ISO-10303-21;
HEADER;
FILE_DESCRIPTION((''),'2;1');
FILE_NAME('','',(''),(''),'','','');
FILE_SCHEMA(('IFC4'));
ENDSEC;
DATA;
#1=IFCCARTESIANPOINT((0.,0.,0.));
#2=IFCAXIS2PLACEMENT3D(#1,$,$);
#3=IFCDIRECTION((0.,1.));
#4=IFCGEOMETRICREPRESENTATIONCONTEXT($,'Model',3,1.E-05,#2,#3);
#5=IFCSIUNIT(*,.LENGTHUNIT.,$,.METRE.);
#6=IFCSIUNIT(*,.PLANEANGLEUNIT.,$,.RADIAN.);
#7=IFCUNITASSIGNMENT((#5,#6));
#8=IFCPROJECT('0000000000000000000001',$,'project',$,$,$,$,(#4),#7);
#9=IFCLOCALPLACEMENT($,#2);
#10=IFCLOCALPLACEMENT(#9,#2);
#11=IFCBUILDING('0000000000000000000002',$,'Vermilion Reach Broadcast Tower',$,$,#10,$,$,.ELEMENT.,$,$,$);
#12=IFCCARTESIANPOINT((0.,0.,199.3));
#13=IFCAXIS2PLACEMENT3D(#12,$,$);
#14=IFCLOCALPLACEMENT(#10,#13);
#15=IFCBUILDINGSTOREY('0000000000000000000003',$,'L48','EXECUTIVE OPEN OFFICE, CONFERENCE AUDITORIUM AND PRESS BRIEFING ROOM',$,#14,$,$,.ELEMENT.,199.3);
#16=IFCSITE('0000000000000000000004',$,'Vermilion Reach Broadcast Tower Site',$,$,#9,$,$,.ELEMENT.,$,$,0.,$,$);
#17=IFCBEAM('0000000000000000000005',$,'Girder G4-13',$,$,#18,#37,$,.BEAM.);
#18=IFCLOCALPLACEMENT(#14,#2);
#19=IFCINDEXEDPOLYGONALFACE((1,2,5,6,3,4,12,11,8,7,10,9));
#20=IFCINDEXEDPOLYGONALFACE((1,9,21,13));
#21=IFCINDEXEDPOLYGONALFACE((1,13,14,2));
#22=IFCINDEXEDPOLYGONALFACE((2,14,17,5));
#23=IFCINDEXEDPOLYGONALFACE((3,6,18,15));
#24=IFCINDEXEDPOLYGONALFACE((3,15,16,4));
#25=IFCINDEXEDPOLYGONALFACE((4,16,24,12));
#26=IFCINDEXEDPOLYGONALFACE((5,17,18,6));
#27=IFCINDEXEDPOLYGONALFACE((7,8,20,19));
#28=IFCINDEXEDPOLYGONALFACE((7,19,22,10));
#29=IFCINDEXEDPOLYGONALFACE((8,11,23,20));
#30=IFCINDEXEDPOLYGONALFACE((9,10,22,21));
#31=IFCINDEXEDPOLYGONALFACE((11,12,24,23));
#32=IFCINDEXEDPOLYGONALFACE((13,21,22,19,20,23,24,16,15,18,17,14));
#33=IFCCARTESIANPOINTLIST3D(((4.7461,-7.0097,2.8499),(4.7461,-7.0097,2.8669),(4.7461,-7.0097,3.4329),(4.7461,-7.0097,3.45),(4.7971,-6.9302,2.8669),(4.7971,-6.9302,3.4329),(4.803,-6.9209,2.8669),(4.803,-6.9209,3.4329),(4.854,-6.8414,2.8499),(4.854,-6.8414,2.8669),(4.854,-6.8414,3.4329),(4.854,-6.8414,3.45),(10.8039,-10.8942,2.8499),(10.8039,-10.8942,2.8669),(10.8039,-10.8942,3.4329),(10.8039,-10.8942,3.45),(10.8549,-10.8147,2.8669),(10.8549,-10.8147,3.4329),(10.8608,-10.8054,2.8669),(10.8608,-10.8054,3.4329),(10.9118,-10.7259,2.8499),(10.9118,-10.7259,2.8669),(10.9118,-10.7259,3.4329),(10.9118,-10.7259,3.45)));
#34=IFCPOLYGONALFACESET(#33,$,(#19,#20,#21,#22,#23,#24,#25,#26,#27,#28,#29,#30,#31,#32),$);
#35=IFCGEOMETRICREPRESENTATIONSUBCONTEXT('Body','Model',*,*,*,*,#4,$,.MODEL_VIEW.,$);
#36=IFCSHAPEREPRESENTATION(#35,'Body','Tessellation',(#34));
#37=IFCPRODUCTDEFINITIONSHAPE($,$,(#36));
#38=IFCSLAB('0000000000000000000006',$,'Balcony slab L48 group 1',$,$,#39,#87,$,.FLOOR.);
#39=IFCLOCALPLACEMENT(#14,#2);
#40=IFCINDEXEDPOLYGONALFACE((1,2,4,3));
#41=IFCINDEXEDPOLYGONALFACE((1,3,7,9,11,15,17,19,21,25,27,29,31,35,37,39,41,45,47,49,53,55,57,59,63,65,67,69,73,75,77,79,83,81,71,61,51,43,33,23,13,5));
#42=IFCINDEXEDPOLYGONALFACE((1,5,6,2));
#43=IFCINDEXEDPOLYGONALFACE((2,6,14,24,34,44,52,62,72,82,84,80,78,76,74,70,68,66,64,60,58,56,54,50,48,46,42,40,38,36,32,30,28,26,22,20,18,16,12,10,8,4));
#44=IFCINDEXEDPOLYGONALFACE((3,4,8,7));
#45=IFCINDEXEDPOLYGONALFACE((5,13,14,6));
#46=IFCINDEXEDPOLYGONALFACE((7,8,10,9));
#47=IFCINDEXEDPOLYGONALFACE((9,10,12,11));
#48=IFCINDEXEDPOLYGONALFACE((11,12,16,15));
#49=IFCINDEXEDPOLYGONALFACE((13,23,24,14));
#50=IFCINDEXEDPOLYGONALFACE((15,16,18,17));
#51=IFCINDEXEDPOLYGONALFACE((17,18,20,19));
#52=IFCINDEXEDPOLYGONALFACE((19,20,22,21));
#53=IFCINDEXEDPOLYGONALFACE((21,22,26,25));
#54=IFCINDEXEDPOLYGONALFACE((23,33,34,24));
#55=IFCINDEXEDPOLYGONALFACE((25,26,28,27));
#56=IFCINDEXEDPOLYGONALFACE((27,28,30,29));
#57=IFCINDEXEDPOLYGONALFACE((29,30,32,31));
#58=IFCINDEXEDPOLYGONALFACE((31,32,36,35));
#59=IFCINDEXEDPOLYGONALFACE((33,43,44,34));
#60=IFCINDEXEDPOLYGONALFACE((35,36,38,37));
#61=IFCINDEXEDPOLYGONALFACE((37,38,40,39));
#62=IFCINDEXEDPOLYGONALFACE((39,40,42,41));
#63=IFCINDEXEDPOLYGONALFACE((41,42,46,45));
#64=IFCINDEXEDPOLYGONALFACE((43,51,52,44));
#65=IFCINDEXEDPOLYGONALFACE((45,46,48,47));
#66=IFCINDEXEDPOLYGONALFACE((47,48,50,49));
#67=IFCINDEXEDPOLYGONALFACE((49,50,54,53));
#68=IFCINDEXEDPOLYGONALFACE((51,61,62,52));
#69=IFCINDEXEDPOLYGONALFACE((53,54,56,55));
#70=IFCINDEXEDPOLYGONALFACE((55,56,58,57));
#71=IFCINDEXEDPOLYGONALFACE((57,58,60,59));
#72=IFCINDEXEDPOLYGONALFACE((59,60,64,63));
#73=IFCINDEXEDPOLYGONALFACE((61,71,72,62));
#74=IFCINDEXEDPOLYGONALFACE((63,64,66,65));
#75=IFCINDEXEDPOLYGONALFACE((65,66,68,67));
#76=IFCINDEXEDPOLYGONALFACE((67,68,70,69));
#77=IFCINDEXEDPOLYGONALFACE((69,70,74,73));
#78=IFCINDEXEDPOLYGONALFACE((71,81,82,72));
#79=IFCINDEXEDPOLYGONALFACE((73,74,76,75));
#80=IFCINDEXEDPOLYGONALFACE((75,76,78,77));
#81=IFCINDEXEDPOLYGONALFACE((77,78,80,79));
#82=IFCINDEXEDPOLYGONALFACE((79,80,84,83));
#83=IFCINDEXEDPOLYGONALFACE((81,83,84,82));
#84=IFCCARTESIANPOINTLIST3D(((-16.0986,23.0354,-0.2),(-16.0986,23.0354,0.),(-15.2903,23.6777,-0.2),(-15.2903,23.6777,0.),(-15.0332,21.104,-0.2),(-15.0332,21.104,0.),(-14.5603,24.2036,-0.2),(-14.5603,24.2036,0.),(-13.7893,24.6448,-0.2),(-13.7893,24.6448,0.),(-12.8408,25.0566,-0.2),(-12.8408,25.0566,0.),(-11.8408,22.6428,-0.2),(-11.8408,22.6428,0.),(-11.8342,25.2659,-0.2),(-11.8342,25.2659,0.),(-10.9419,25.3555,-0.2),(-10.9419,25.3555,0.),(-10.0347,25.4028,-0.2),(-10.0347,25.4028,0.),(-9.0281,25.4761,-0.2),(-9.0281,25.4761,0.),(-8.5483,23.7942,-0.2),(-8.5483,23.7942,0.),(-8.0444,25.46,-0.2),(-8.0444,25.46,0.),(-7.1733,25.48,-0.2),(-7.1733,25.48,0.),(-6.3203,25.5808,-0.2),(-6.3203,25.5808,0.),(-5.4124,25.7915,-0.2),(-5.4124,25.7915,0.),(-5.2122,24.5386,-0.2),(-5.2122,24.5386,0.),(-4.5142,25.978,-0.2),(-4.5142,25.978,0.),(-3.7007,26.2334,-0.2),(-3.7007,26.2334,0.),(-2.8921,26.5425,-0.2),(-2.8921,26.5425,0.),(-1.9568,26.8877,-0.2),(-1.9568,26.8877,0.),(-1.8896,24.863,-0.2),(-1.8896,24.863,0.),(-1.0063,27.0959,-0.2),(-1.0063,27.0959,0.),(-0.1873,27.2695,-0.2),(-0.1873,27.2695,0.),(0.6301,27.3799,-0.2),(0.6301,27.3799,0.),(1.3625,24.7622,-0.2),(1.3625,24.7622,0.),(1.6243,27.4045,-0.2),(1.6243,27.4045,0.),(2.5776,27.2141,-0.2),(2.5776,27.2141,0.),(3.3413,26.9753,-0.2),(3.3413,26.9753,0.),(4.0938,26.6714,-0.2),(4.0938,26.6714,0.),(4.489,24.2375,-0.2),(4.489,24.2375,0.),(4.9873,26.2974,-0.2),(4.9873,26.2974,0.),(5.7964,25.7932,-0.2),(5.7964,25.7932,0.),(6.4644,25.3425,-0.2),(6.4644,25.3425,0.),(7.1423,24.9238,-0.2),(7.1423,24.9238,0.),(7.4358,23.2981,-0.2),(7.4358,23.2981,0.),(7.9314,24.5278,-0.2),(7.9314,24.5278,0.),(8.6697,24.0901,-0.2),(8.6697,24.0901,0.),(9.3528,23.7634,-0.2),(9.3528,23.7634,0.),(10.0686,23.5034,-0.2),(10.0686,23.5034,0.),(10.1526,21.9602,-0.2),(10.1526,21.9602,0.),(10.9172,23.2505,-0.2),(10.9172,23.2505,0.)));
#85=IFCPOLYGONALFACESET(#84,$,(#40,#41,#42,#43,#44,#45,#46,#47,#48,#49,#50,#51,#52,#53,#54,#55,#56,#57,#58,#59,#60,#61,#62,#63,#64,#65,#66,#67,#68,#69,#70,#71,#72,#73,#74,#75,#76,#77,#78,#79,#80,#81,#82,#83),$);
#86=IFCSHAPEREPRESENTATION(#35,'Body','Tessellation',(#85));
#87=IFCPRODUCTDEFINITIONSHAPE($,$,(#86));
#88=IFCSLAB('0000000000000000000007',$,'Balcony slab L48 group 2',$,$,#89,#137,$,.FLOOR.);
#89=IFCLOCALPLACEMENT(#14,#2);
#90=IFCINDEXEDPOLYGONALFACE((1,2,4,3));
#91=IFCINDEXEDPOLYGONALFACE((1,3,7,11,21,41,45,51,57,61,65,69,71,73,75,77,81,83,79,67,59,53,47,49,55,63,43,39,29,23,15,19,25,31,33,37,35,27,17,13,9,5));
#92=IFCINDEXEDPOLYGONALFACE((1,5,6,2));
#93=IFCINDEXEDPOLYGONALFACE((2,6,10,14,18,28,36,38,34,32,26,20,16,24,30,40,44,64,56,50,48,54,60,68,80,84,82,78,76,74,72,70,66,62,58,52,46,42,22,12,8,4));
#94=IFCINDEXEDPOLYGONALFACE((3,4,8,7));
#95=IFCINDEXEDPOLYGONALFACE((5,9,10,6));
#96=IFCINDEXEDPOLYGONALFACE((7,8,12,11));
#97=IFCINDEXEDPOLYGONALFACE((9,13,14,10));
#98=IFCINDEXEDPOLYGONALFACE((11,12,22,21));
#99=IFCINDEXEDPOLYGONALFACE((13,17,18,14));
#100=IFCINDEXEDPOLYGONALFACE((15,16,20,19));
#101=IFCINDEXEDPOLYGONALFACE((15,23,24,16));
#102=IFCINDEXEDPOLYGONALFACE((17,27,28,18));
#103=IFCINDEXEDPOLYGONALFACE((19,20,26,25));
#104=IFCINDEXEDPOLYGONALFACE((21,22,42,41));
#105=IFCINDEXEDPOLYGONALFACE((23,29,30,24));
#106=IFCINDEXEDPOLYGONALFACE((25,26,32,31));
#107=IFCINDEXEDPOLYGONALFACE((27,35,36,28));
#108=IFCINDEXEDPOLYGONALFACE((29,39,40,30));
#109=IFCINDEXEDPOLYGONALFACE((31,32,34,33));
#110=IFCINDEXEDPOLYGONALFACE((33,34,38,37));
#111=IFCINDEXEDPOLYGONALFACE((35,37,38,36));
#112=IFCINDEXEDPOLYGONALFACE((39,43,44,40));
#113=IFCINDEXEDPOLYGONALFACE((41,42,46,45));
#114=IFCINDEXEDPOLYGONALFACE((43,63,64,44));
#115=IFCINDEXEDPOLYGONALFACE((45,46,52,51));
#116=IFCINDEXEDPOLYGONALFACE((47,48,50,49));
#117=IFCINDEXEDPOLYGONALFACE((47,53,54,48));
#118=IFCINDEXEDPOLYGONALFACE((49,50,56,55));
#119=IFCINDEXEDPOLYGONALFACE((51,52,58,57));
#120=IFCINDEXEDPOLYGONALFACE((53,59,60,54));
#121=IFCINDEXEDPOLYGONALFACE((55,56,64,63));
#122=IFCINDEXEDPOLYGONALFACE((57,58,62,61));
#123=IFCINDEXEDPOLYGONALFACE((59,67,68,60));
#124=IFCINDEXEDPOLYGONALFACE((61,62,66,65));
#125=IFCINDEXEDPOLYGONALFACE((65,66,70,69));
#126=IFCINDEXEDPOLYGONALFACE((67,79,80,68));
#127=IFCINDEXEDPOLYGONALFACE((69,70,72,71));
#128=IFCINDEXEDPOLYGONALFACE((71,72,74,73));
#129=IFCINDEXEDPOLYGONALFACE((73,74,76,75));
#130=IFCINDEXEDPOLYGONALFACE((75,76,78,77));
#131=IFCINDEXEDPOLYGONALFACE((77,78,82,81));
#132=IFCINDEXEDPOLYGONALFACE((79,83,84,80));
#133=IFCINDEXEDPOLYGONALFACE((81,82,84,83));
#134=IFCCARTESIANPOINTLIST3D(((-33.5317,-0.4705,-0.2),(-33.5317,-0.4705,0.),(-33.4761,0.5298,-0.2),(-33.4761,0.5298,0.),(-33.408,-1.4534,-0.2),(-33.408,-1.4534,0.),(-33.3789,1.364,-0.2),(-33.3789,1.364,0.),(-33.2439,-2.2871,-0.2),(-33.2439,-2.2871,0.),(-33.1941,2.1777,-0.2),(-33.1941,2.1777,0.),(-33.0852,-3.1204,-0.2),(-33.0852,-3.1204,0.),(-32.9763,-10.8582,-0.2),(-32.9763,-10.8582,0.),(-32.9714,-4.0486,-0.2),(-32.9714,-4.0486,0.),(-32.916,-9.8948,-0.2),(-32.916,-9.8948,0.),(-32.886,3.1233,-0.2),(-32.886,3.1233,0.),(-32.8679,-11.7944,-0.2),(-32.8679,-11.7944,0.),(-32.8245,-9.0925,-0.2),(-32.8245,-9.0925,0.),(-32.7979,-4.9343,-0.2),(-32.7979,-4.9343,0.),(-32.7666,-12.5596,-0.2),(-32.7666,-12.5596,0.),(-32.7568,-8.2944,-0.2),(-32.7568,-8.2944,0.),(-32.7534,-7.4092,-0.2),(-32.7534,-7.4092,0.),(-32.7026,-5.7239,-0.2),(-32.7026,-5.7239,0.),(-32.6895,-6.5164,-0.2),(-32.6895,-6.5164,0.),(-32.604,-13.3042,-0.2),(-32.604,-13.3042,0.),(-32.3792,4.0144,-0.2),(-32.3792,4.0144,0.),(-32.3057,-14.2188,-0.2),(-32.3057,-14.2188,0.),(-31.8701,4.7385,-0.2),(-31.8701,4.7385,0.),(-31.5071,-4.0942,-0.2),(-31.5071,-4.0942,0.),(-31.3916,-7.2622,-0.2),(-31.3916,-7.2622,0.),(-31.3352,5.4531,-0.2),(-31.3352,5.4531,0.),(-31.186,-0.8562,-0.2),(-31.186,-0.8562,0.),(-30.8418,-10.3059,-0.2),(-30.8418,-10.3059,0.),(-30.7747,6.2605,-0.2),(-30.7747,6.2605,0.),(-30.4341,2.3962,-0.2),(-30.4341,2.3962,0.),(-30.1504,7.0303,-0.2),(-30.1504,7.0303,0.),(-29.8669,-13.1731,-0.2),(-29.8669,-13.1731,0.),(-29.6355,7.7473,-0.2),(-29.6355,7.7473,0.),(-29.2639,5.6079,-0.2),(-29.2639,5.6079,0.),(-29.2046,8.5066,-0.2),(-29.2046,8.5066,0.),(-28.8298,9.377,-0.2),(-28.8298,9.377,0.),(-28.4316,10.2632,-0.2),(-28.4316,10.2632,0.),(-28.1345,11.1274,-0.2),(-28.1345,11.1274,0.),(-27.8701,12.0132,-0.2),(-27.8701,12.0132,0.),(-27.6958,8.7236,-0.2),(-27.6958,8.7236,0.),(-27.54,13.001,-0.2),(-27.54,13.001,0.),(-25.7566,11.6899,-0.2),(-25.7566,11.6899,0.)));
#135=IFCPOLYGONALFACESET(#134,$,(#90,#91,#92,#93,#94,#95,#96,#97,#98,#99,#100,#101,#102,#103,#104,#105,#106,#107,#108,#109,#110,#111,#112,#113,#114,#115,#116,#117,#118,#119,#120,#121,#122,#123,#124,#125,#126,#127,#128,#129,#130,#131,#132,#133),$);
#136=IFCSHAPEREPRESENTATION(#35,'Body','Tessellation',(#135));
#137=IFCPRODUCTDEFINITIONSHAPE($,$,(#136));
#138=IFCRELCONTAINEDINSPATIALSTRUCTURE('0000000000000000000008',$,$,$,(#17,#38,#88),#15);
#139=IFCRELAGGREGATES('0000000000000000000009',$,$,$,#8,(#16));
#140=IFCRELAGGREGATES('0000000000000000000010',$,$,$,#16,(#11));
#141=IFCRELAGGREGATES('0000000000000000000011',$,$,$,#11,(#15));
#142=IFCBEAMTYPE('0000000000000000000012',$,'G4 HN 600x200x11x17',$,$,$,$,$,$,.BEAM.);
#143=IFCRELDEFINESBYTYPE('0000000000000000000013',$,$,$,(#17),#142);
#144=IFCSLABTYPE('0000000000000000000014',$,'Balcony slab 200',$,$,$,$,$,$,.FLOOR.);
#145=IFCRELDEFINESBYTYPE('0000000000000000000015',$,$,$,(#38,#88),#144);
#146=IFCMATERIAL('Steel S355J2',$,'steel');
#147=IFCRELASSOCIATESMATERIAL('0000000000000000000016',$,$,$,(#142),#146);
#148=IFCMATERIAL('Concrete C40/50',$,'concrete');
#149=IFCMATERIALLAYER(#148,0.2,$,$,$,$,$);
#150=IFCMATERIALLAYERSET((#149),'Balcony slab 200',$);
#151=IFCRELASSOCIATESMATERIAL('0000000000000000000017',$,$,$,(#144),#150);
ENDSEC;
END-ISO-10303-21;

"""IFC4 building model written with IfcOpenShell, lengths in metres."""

from ifc_helpers import new_model, si_unit, direction, frame, origin, origin_2d, place, context, subcontext, project, spatial, polyline, i_section, outline, extrude, material, layer, layer_set, material_profile, profile_set, type_object, element, save


model = new_model("IFC4")

# Units and contexts
model_context = context("Model", 3, precision=1e-05, world=origin(), true_north=direction((0.0, 1.0)))
body_context = subcontext(model_context, "Body", "Model", "MODEL_VIEW")
ifc_project = project(units=[si_unit("LENGTHUNIT", "METRE"), si_unit("PLANEANGLEUNIT", "RADIAN")], contexts=[model_context])

# Site, building, storey
site_placement = place(None, origin())
site = spatial("IfcSite", under=ifc_project, at=site_placement, Name="Vermilion Reach Broadcast Tower Site", CompositionType="ELEMENT", RefElevation=0.0)
building_placement = place(site_placement, origin())
building = spatial("IfcBuilding", under=site, at=building_placement, Name="Vermilion Reach Broadcast Tower", CompositionType="ELEMENT")
storey_placement = place(building_placement, frame((0.0, 0.0, 199.3)))
storey = spatial("IfcBuildingStorey", under=building, at=storey_placement, Name="L48", Description="EXECUTIVE OPEN OFFICE, CONFERENCE AUDITORIUM AND PRESS BRIEFING ROOM", CompositionType="ELEMENT", Elevation=199.3)

# Beam
ifc_material_1 = material(Name="Steel S355J2", Category="steel")
ifc_material_profile = material_profile(ifc_material_1, i_section(OverallWidth=0.2, OverallDepth=0.6001, WebThickness=0.011, FlangeThickness=0.0171, at=origin_2d()), Name="S355J2 HN 600x200x11x17")
ifc_profile_set = profile_set([ifc_material_profile], Name="Steel S355J2")
beam_type = type_object("IfcBeamType", Name="G4 HN 600x200x11x17", PredefinedType="BEAM", material=ifc_profile_set)
beam_placement = place(storey_placement, frame((4.8, -6.9255, 3.1499), z_axis=(0.841799, -0.539792, 0.0), x_axis=(0.539792, 0.841799, 0.0)))
element("IfcBeam", 1, at=beam_placement, inside=storey, type_object=beam_type, Name="Girder G4-13", PredefinedType="BEAM", context=body_context, shape_type="SweptSolid", body=[
    extrude(i_section(OverallWidth=0.2, OverallDepth=0.6001, WebThickness=0.011, FlangeThickness=0.0171, at=origin_2d()), origin(), (0.0, 0.0, 1.0), 7.1963),
])

# Slabs
ifc_material_2 = material(Name="Concrete C40/50", Category="concrete")
ifc_layer_1 = layer(ifc_material_2, 0.2)
ifc_layer_set_1 = layer_set([ifc_layer_1], Name="Balcony slab 200")
slab_type_1 = type_object("IfcSlabType", Name="Balcony slab 200", PredefinedType="FLOOR", material=ifc_layer_set_1)
placement_1 = place(storey_placement, frame((0.0, 0.0, -0.2)))
element("IfcSlab", 2, at=placement_1, inside=storey, type_object=slab_type_1, Name="Balcony slab L48 group 1", PredefinedType="FLOOR", context=body_context, shape_type="SweptSolid", body=[
    extrude(outline(polyline([(10.1526, 21.9602), (7.4358, 23.2981), (4.489, 24.2375), (1.3625, 24.7622), (-1.8896, 24.863), (-5.2122, 24.5386), (-8.5483, 23.7942), (-11.8408, 22.6428), (-15.0332, 21.104), (-16.0986, 23.0354), (-15.2903, 23.6777), (-14.5603, 24.2036), (-13.7893, 24.6448), (-12.8408, 25.0566), (-11.8342, 25.2659), (-10.9419, 25.3555), (-10.0347, 25.4028), (-9.0281, 25.4761), (-8.0444, 25.46), (-7.1733, 25.48), (-6.3203, 25.5808), (-5.4124, 25.7915), (-4.5142, 25.978), (-3.7007, 26.2334), (-2.8921, 26.5425), (-1.9568, 26.8877), (-1.0063, 27.0959), (-0.1873, 27.2695), (0.6301, 27.3799), (1.6243, 27.4045), (2.5776, 27.2141), (3.3413, 26.9753), (4.0938, 26.6714), (4.9873, 26.2974), (5.7964, 25.7932), (6.4644, 25.3425), (7.1423, 24.9238), (7.9314, 24.5278), (8.6697, 24.0901), (9.3528, 23.7634), (10.0686, 23.5034), (10.9172, 23.2505), (10.1526, 21.9602)])), origin(), (0.0, 0.0, 1.0), 0.2),
])
element("IfcSlab", 3, at=placement_1, inside=storey, type_object=slab_type_1, Name="Balcony slab L48 group 2", PredefinedType="FLOOR", context=body_context, shape_type="SweptSolid", body=[
    extrude(outline(polyline([(-25.7566, 11.6899), (-27.6958, 8.7236), (-29.2639, 5.6079), (-30.4341, 2.3962), (-31.186, -0.8562), (-31.5071, -4.0942), (-31.3916, -7.2622), (-30.8418, -10.3059), (-29.8669, -13.1731), (-32.3057, -14.2188), (-32.604, -13.3042), (-32.7666, -12.5596), (-32.8679, -11.7944), (-32.9763, -10.8582), (-32.916, -9.8948), (-32.8245, -9.0925), (-32.7568, -8.2944), (-32.7534, -7.4092), (-32.6895, -6.5164), (-32.7026, -5.7239), (-32.7979, -4.9343), (-32.9714, -4.0486), (-33.0852, -3.1204), (-33.2439, -2.2871), (-33.408, -1.4534), (-33.5317, -0.4705), (-33.4761, 0.5298), (-33.3789, 1.364), (-33.1941, 2.1777), (-32.886, 3.1233), (-32.3792, 4.0144), (-31.8701, 4.7385), (-31.3352, 5.4531), (-30.7747, 6.2605), (-30.1504, 7.0303), (-29.6355, 7.7473), (-29.2046, 8.5066), (-28.8298, 9.377), (-28.4316, 10.2632), (-28.1345, 11.1274), (-27.8701, 12.0132), (-27.54, 13.001), (-25.7566, 11.6899)])), origin(), (0.0, 0.0, 1.0), 0.2),
])

save(model, "model.ifc")
